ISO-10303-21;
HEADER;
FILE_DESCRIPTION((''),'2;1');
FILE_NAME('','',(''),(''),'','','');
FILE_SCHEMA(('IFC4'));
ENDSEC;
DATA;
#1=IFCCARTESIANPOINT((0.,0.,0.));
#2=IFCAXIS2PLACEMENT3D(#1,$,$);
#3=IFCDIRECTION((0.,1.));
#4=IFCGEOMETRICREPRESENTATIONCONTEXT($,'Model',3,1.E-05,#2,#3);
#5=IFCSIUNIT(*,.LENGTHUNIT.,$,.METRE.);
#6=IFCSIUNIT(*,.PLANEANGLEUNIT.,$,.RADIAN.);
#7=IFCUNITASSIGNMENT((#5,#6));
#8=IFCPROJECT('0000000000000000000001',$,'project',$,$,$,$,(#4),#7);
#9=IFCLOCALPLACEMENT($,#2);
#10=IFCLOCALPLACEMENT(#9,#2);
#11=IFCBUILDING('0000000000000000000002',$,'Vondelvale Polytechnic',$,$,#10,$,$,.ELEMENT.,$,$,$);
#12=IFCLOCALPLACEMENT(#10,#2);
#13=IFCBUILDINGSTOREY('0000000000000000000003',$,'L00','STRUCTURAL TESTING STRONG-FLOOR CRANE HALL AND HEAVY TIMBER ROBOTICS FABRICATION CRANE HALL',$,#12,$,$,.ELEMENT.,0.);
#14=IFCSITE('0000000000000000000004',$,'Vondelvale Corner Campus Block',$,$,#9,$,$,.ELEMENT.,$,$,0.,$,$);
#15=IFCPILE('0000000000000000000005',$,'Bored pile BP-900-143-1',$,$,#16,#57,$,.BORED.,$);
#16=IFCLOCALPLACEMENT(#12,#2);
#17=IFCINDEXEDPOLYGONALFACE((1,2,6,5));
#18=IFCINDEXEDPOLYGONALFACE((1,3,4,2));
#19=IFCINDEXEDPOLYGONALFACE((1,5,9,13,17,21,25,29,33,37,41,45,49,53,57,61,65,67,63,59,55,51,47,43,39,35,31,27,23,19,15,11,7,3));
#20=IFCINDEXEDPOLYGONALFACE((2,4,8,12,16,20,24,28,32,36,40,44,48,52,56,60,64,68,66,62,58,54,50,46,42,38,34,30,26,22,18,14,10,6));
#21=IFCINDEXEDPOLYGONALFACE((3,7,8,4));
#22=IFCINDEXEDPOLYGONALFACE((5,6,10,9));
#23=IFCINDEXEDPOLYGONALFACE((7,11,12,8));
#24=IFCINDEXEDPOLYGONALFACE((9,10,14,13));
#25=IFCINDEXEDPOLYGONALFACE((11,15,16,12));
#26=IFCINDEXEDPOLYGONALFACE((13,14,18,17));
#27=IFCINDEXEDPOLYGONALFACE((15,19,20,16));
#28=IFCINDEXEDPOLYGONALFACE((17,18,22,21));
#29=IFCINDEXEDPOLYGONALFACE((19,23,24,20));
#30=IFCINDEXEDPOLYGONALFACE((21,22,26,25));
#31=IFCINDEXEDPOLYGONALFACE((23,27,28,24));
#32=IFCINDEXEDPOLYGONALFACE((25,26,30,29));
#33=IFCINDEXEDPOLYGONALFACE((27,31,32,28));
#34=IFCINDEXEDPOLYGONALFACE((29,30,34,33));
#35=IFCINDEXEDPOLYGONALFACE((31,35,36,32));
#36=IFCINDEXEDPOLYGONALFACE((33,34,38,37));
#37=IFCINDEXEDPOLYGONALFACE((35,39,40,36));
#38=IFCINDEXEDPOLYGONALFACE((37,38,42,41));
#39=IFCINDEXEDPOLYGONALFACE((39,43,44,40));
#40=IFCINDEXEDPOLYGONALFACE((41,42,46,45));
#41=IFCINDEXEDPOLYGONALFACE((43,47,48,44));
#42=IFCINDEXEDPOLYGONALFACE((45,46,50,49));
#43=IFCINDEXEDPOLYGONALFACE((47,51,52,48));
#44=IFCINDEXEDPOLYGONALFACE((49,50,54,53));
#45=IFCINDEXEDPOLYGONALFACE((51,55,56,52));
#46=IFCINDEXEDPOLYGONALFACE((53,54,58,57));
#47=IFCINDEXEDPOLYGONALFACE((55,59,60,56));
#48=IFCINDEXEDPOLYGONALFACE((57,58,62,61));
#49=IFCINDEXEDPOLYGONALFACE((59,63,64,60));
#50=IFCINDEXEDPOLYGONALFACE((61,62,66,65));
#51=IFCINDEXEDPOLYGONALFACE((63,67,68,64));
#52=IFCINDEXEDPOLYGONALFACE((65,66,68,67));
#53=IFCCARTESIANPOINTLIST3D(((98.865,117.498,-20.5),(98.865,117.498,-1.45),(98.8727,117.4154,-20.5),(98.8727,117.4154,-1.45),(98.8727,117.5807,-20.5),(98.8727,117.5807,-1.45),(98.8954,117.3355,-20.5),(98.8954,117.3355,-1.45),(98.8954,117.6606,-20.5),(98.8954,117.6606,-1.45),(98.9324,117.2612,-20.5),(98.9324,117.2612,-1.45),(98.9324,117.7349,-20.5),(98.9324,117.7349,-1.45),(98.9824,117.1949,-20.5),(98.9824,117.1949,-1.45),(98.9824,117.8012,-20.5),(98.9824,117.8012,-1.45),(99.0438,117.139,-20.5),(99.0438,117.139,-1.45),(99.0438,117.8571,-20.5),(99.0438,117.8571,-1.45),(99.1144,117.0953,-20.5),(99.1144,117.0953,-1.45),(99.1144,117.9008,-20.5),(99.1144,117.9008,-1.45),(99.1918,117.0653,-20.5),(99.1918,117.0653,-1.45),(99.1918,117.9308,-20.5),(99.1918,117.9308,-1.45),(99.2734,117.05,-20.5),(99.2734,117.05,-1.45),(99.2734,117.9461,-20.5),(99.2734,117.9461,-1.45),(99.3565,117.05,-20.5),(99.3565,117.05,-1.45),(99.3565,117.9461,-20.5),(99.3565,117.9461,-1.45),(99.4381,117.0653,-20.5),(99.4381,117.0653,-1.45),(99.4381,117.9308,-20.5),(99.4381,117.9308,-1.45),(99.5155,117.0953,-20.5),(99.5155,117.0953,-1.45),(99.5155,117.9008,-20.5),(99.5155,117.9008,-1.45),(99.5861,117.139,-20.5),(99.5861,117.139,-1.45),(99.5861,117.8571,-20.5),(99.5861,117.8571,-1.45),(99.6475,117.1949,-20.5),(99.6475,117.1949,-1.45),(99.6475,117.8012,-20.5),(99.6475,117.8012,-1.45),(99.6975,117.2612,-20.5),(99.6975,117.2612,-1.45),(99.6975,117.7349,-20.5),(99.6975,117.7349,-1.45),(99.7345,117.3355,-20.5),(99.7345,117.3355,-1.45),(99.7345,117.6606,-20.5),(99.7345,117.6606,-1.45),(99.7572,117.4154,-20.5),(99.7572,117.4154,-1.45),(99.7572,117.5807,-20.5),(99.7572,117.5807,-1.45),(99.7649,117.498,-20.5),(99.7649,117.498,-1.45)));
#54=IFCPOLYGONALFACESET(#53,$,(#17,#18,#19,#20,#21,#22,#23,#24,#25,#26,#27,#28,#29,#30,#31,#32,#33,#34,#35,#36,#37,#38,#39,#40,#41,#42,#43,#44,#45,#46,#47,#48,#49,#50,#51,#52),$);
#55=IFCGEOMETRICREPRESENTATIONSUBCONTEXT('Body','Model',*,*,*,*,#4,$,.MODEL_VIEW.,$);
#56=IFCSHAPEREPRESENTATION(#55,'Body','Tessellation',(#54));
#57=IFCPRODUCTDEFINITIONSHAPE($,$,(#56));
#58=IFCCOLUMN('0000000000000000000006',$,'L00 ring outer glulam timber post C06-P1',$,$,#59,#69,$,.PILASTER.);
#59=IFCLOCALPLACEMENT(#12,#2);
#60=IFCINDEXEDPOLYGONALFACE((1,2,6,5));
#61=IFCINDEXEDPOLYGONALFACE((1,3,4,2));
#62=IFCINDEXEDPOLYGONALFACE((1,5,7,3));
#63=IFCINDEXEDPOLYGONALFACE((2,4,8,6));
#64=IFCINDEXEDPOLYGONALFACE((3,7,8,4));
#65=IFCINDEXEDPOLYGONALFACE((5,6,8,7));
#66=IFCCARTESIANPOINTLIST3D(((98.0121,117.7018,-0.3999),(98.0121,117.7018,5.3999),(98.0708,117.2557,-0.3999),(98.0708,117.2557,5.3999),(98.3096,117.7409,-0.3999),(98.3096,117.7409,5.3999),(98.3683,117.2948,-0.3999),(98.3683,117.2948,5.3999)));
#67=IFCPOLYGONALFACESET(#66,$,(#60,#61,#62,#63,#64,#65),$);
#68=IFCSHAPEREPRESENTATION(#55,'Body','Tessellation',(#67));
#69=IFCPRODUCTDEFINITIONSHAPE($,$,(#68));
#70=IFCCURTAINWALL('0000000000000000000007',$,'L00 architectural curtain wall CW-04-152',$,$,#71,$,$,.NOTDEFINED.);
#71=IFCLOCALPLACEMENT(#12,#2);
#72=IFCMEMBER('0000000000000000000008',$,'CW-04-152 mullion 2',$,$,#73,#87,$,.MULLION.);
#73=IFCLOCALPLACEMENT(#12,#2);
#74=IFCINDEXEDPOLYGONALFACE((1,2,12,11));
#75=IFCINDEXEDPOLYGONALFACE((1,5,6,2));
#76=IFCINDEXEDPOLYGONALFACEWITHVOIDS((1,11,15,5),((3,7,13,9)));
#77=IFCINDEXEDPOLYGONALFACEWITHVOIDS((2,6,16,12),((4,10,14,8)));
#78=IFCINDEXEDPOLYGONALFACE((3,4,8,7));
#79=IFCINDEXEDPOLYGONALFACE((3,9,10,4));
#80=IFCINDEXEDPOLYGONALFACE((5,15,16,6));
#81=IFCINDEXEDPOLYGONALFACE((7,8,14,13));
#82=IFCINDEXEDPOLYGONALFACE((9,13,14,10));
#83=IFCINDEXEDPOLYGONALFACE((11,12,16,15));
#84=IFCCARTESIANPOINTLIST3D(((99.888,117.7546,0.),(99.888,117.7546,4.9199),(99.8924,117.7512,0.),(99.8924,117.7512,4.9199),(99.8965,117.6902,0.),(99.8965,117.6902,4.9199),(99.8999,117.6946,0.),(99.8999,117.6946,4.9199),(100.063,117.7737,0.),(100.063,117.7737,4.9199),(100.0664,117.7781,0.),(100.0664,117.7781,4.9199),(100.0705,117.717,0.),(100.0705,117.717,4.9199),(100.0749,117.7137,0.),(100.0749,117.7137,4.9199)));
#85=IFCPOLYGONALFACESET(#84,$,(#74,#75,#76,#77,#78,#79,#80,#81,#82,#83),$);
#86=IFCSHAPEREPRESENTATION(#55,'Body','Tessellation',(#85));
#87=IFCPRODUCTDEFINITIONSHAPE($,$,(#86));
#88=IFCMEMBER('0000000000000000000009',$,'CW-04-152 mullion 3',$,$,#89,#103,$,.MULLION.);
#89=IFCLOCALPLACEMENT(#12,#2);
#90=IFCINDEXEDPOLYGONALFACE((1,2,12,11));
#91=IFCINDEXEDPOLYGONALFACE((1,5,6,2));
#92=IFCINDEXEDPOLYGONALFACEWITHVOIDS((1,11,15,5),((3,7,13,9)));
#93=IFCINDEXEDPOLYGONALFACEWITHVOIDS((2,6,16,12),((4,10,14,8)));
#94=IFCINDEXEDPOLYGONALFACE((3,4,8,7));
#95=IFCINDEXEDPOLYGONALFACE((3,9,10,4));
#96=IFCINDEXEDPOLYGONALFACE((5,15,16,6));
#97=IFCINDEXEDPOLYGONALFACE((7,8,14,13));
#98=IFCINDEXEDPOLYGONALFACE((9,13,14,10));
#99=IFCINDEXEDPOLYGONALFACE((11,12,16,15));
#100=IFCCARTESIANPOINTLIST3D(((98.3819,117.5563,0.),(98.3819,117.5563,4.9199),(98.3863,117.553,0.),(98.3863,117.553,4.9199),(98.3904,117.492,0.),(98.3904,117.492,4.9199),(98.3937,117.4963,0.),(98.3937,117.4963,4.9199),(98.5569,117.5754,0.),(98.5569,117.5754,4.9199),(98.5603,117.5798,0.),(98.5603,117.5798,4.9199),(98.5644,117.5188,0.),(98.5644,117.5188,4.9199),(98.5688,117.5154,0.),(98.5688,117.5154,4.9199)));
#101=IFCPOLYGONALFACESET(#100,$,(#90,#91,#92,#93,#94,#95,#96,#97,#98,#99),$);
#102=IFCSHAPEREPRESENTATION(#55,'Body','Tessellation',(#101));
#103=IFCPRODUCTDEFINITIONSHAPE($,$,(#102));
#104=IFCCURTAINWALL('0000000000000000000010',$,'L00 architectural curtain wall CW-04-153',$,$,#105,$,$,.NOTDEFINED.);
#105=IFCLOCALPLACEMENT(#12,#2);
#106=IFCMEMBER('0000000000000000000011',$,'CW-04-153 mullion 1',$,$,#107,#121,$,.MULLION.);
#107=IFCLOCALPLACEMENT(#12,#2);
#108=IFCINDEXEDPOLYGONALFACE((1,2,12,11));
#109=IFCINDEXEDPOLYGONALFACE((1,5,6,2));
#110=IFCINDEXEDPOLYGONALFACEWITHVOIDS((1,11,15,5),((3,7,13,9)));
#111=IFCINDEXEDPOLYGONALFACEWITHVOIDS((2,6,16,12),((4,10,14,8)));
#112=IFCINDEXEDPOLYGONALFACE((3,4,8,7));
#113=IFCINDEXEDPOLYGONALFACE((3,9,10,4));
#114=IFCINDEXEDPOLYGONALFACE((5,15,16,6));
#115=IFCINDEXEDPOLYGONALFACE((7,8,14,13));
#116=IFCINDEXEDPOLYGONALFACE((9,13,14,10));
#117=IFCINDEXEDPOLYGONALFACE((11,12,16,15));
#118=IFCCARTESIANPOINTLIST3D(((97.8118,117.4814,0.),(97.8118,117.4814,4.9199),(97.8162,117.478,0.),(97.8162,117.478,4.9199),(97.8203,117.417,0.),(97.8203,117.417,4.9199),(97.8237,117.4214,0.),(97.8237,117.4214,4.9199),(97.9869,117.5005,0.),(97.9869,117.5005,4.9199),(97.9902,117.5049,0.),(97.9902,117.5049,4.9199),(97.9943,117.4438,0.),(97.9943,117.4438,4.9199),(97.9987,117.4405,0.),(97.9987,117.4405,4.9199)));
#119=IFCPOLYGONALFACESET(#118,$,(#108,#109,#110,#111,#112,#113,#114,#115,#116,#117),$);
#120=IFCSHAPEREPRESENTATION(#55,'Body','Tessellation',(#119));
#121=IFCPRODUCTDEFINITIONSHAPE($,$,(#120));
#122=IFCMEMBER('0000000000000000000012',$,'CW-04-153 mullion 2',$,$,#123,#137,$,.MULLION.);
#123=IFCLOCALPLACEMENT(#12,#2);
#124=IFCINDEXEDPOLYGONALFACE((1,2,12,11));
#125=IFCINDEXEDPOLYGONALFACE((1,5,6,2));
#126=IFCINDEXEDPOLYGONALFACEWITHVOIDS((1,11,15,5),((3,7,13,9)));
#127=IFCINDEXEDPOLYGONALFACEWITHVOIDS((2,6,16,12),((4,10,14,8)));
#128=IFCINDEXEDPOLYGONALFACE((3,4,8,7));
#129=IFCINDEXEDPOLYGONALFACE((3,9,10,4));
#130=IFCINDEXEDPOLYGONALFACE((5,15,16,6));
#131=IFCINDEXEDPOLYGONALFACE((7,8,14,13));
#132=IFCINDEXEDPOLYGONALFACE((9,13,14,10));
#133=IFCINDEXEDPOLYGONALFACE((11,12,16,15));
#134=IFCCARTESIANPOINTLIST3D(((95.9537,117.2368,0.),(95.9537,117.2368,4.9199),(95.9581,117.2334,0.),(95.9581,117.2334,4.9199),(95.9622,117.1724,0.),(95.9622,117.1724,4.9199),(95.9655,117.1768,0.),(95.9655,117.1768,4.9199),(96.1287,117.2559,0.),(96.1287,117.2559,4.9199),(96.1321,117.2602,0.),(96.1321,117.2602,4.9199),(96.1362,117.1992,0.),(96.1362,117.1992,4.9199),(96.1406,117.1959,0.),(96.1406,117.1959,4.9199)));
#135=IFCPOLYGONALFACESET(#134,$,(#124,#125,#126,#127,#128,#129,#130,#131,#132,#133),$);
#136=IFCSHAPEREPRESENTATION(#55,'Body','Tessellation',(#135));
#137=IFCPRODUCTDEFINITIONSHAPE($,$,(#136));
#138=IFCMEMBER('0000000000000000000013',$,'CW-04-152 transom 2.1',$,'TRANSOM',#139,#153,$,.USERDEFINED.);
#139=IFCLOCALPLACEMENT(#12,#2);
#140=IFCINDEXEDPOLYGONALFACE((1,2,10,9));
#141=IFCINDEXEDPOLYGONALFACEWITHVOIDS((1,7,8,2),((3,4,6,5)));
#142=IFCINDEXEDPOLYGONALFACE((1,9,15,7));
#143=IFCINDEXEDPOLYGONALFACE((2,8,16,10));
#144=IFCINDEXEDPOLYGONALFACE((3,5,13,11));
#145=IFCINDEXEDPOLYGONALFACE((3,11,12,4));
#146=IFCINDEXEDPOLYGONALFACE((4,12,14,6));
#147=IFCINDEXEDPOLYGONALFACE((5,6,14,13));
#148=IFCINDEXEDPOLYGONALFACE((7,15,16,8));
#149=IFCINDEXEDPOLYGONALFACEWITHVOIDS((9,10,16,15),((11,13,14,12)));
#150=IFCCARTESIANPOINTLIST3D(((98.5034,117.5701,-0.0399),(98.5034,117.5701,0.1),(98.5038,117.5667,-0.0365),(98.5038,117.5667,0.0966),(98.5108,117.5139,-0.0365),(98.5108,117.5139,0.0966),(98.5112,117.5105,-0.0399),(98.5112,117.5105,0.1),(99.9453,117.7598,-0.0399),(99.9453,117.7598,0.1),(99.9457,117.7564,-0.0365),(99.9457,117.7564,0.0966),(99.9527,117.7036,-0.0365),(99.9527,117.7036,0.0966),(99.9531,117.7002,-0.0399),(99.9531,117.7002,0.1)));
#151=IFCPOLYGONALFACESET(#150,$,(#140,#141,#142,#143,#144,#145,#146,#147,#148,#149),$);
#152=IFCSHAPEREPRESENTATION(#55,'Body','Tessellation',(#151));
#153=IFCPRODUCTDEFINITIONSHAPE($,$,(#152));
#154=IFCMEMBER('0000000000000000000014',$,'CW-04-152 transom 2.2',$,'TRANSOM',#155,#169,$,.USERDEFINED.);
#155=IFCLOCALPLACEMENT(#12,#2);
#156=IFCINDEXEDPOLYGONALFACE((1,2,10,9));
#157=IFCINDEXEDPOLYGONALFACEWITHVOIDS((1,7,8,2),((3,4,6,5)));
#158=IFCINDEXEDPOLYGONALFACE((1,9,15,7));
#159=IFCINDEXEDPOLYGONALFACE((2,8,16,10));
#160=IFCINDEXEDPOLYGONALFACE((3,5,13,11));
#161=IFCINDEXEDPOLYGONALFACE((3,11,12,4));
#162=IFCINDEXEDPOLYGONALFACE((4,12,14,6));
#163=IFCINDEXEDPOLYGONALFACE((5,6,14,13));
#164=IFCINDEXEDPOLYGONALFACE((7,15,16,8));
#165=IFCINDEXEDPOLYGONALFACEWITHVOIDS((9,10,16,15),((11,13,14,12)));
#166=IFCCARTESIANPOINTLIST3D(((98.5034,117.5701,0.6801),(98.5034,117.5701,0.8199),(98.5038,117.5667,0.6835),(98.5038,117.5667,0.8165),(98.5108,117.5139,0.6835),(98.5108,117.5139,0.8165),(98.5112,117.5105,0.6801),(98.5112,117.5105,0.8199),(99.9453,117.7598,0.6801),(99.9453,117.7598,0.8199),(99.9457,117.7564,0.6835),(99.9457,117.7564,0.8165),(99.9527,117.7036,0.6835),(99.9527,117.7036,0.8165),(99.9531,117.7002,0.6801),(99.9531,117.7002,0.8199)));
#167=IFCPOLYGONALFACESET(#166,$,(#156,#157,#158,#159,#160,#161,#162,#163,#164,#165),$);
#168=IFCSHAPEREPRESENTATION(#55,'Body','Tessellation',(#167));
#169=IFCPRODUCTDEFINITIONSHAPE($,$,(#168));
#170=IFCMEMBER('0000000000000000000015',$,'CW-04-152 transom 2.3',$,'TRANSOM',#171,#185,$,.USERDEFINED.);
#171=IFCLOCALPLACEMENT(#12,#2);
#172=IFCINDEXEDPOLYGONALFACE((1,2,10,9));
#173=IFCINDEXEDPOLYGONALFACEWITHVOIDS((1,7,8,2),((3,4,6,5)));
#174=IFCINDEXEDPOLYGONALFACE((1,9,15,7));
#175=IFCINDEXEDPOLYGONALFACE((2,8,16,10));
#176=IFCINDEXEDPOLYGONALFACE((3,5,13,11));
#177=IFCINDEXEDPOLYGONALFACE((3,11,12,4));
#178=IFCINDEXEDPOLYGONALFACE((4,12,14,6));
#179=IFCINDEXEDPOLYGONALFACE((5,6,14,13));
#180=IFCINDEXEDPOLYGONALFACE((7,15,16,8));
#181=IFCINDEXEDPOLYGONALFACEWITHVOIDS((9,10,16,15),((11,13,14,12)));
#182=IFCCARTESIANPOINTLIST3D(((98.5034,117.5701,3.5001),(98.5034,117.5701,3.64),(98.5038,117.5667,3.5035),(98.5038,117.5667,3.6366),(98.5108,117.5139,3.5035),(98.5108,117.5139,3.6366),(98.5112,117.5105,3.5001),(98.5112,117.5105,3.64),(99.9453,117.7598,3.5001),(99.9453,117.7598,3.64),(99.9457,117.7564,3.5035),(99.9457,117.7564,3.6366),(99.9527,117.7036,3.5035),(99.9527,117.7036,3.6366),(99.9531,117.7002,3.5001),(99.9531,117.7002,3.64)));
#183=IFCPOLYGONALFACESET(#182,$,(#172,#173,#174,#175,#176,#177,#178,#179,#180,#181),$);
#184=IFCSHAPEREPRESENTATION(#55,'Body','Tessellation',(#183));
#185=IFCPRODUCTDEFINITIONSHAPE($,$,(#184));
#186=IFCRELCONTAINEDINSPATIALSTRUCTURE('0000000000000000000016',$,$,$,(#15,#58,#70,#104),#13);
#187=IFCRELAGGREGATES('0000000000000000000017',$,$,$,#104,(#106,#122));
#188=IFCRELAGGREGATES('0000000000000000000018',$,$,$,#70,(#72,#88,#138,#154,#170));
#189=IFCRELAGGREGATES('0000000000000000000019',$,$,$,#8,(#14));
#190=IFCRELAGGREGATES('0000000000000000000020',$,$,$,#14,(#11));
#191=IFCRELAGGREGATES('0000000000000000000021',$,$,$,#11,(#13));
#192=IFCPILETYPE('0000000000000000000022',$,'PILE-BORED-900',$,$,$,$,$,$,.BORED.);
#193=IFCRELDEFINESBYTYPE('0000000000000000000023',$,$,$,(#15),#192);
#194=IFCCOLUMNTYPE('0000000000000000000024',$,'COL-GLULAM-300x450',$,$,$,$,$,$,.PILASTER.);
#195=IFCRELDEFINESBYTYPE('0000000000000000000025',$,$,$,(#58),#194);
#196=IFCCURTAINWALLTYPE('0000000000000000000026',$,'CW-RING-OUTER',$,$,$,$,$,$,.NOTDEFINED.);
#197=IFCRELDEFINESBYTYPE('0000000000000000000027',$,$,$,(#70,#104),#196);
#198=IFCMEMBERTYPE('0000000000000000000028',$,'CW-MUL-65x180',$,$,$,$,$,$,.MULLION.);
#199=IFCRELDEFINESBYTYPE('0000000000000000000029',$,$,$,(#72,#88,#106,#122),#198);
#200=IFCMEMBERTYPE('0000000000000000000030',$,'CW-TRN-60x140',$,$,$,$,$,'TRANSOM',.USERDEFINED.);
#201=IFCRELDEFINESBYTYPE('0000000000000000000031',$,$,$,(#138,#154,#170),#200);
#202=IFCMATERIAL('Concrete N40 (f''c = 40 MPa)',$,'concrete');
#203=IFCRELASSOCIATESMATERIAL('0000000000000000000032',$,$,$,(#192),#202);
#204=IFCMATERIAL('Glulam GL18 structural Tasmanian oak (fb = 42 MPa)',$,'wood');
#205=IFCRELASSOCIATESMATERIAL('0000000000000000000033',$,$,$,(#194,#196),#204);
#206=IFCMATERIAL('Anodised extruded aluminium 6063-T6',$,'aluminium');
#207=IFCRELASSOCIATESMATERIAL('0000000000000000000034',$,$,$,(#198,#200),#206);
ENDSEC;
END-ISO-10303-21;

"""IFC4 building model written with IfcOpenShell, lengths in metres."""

from ifc_helpers import new_model, si_unit, direction, frame, origin, origin_2d, place, context, subcontext, project, spatial, rectangle, hollow_rectangle, circle, extrude, material, material_profile, profile_set, type_object, element, aggregate, save


model = new_model("IFC4")

# Units and contexts
model_context = context("Model", 3, precision=1e-05, world=origin(), true_north=direction((0.0, 1.0)))
body_context = subcontext(model_context, "Body", "Model", "MODEL_VIEW")
ifc_project = project(units=[si_unit("LENGTHUNIT", "METRE"), si_unit("PLANEANGLEUNIT", "RADIAN")], contexts=[model_context])

# Site, building, storey
site_placement = place(None, origin())
site = spatial("IfcSite", under=ifc_project, at=site_placement, Name="Vondelvale Corner Campus Block", CompositionType="ELEMENT", RefElevation=0.0)
building_placement = place(site_placement, origin())
building = spatial("IfcBuilding", under=site, at=building_placement, Name="Vondelvale Polytechnic", CompositionType="ELEMENT")
storey_placement = place(building_placement, origin())
storey = spatial("IfcBuildingStorey", under=building, at=storey_placement, Name="L00", Description="STRUCTURAL TESTING STRONG-FLOOR CRANE HALL AND HEAVY TIMBER ROBOTICS FABRICATION CRANE HALL", CompositionType="ELEMENT", Elevation=0.0)

# Pile
ifc_material_1 = material(Name="Concrete N40 (f'c = 40 MPa)", Category="concrete")
ifc_material_profile_1 = material_profile(ifc_material_1, circle(Radius=0.45, at=origin_2d()), Name="PILE-D900")
ifc_profile_set_1 = profile_set([ifc_material_profile_1], Name="Concrete N40 (f'c = 40 MPa)")
pile_type = type_object("IfcPileType", Name="PILE-BORED-900", PredefinedType="BORED", material=ifc_profile_set_1)
pile_placement = place(storey_placement, frame((99.3149, 117.498, -1.45), z_axis=(0.0, 0.0, -1.0), x_axis=(1.0, 0.0, 0.0)))
element("IfcPile", 1, at=pile_placement, inside=storey, type_object=pile_type, Name="Bored pile BP-900-143-1", PredefinedType="BORED", context=body_context, shape_type="SweptSolid", body=[
    extrude(circle(Radius=0.45, at=origin_2d()), origin(), (0.0, 0.0, 1.0), 19.05),
])

# Column
ifc_material_2 = material(Name="Glulam GL18 structural Tasmanian oak (fb = 42 MPa)", Category="wood")
ifc_material_profile_2 = material_profile(ifc_material_2, rectangle(XDim=0.3, YDim=0.45, at=origin_2d()), Name="GL-POST-300x450")
ifc_profile_set_2 = profile_set([ifc_material_profile_2], Name="Glulam GL18 structural Tasmanian oak (fb = 42 MPa)")
column_type = type_object("IfcColumnType", Name="COL-GLULAM-300x450", PredefinedType="PILASTER", material=ifc_profile_set_2)
column_placement = place(storey_placement, frame((98.1902, 117.4983, -0.3999), z_axis=(0.0, 0.0, 1.0), x_axis=(0.991445, 0.130526, 0.0)))
element("IfcColumn", 2, at=column_placement, inside=storey, type_object=column_type, Name="L00 ring outer glulam timber post C06-P1", PredefinedType="PILASTER", context=body_context, shape_type="SweptSolid", body=[
    extrude(rectangle(XDim=0.3, YDim=0.45, at=origin_2d()), origin(), (0.0, 0.0, 1.0), 5.7998),
])

# Curtain walls, members
curtain_wall_type = type_object("IfcCurtainWallType", Name="CW-RING-OUTER", PredefinedType="NOTDEFINED", material=ifc_material_2)
curtain_wall_1_placement = place(storey_placement, origin())
curtain_wall_1 = element("IfcCurtainWall", 3, at=curtain_wall_1_placement, inside=storey, type_object=curtain_wall_type, Name="L00 architectural curtain wall CW-04-152", PredefinedType="NOTDEFINED")
ifc_material_3 = material(Name="Anodised extruded aluminium 6063-T6", Category="aluminium")
ifc_material_profile_3 = material_profile(ifc_material_3, hollow_rectangle(XDim=0.0649, YDim=0.1799, WallThickness=0.0039, at=origin_2d()), Name="CW-MUL-180x65")
ifc_profile_set_3 = profile_set([ifc_material_profile_3], Name="Anodised extruded aluminium 6063-T6")
member_type_1 = type_object("IfcMemberType", Name="CW-MUL-65x180", PredefinedType="MULLION", material=ifc_profile_set_3)
member_1_placement = place(storey_placement, frame((99.9814, 117.7341, 0.0), z_axis=(0.0, 0.0, 1.0), x_axis=(0.130524, -0.991445, 0.0)))
member_1 = element("IfcMember", 4, at=member_1_placement, type_object=member_type_1, Name="CW-04-152 mullion 2", PredefinedType="MULLION", context=body_context, shape_type="SweptSolid", body=[
    extrude(hollow_rectangle(XDim=0.0649, YDim=0.1799, WallThickness=0.0039, at=origin_2d()), origin(), (0.0, 0.0, 1.0), 4.9199),
])
member_2_placement = place(storey_placement, frame((98.4753, 117.5359, 0.0), z_axis=(0.0, 0.0, 1.0), x_axis=(0.130524, -0.991445, 0.0)))
member_2 = element("IfcMember", 5, at=member_2_placement, type_object=member_type_1, Name="CW-04-152 mullion 3", PredefinedType="MULLION", context=body_context, shape_type="SweptSolid", body=[
    extrude(hollow_rectangle(XDim=0.0649, YDim=0.1799, WallThickness=0.0039, at=origin_2d()), origin(), (0.0, 0.0, 1.0), 4.9199),
])
curtain_wall_2_placement = place(storey_placement, origin())
curtain_wall_2 = element("IfcCurtainWall", 6, at=curtain_wall_2_placement, inside=storey, type_object=curtain_wall_type, Name="L00 architectural curtain wall CW-04-153", PredefinedType="NOTDEFINED")
member_3_placement = place(storey_placement, frame((97.9053, 117.4609, 0.0), z_axis=(0.0, 0.0, 1.0), x_axis=(0.130497, -0.991449, 0.0)))
member_3 = element("IfcMember", 7, at=member_3_placement, type_object=member_type_1, Name="CW-04-153 mullion 1", PredefinedType="MULLION", context=body_context, shape_type="SweptSolid", body=[
    extrude(hollow_rectangle(XDim=0.0649, YDim=0.1799, WallThickness=0.0039, at=origin_2d()), origin(), (0.0, 0.0, 1.0), 4.9199),
])
member_4_placement = place(storey_placement, frame((96.0471, 117.2163, 0.0), z_axis=(0.0, 0.0, 1.0), x_axis=(0.130497, -0.991449, 0.0)))
member_4 = element("IfcMember", 8, at=member_4_placement, type_object=member_type_1, Name="CW-04-153 mullion 2", PredefinedType="MULLION", context=body_context, shape_type="SweptSolid", body=[
    extrude(hollow_rectangle(XDim=0.0649, YDim=0.1799, WallThickness=0.0039, at=origin_2d()), origin(), (0.0, 0.0, 1.0), 4.9199),
])

# Members
ifc_material_profile_4 = material_profile(ifc_material_3, hollow_rectangle(XDim=0.0601, YDim=0.1399, WallThickness=0.0034, at=origin_2d()), Name="CW-TRN-140x60")
ifc_profile_set_4 = profile_set([ifc_material_profile_4], Name="Anodised extruded aluminium 6063-T6")
member_type_2 = type_object("IfcMemberType", Name="CW-TRN-60x140", ElementType="TRANSOM", PredefinedType="USERDEFINED", material=ifc_profile_set_4)
member_5_placement = place(storey_placement, frame((99.9492, 117.73, 0.03), z_axis=(-0.991457, -0.130437, 0.0), x_axis=(0.130437, -0.991457, 0.0)))
member_5 = element("IfcMember", 9, at=member_5_placement, type_object=member_type_2, Name="CW-04-152 transom 2.1", ObjectType="TRANSOM", PredefinedType="USERDEFINED", context=body_context, shape_type="SweptSolid", body=[
    extrude(hollow_rectangle(XDim=0.0601, YDim=0.1399, WallThickness=0.0034, at=origin_2d()), origin(), (0.0, 0.0, 1.0), 1.4543),
])
member_6_placement = place(storey_placement, frame((99.9492, 117.73, 0.75), z_axis=(-0.991457, -0.130437, 0.0), x_axis=(0.130437, -0.991457, 0.0)))
member_6 = element("IfcMember", 10, at=member_6_placement, type_object=member_type_2, Name="CW-04-152 transom 2.2", ObjectType="TRANSOM", PredefinedType="USERDEFINED", context=body_context, shape_type="SweptSolid", body=[
    extrude(hollow_rectangle(XDim=0.0601, YDim=0.1399, WallThickness=0.0034, at=origin_2d()), origin(), (0.0, 0.0, 1.0), 1.4543),
])
member_7_placement = place(storey_placement, frame((99.9492, 117.73, 3.5701), z_axis=(-0.991457, -0.130437, 0.0), x_axis=(0.130437, -0.991457, 0.0)))
member_7 = element("IfcMember", 11, at=member_7_placement, type_object=member_type_2, Name="CW-04-152 transom 2.3", ObjectType="TRANSOM", PredefinedType="USERDEFINED", context=body_context, shape_type="SweptSolid", body=[
    extrude(hollow_rectangle(XDim=0.0601, YDim=0.1399, WallThickness=0.0034, at=origin_2d()), origin(), (0.0, 0.0, 1.0), 1.4543),
])

aggregate(curtain_wall_2, [member_3, member_4])
aggregate(curtain_wall_1, [member_1, member_2, member_5, member_6, member_7])

save(model, "model.ifc")
